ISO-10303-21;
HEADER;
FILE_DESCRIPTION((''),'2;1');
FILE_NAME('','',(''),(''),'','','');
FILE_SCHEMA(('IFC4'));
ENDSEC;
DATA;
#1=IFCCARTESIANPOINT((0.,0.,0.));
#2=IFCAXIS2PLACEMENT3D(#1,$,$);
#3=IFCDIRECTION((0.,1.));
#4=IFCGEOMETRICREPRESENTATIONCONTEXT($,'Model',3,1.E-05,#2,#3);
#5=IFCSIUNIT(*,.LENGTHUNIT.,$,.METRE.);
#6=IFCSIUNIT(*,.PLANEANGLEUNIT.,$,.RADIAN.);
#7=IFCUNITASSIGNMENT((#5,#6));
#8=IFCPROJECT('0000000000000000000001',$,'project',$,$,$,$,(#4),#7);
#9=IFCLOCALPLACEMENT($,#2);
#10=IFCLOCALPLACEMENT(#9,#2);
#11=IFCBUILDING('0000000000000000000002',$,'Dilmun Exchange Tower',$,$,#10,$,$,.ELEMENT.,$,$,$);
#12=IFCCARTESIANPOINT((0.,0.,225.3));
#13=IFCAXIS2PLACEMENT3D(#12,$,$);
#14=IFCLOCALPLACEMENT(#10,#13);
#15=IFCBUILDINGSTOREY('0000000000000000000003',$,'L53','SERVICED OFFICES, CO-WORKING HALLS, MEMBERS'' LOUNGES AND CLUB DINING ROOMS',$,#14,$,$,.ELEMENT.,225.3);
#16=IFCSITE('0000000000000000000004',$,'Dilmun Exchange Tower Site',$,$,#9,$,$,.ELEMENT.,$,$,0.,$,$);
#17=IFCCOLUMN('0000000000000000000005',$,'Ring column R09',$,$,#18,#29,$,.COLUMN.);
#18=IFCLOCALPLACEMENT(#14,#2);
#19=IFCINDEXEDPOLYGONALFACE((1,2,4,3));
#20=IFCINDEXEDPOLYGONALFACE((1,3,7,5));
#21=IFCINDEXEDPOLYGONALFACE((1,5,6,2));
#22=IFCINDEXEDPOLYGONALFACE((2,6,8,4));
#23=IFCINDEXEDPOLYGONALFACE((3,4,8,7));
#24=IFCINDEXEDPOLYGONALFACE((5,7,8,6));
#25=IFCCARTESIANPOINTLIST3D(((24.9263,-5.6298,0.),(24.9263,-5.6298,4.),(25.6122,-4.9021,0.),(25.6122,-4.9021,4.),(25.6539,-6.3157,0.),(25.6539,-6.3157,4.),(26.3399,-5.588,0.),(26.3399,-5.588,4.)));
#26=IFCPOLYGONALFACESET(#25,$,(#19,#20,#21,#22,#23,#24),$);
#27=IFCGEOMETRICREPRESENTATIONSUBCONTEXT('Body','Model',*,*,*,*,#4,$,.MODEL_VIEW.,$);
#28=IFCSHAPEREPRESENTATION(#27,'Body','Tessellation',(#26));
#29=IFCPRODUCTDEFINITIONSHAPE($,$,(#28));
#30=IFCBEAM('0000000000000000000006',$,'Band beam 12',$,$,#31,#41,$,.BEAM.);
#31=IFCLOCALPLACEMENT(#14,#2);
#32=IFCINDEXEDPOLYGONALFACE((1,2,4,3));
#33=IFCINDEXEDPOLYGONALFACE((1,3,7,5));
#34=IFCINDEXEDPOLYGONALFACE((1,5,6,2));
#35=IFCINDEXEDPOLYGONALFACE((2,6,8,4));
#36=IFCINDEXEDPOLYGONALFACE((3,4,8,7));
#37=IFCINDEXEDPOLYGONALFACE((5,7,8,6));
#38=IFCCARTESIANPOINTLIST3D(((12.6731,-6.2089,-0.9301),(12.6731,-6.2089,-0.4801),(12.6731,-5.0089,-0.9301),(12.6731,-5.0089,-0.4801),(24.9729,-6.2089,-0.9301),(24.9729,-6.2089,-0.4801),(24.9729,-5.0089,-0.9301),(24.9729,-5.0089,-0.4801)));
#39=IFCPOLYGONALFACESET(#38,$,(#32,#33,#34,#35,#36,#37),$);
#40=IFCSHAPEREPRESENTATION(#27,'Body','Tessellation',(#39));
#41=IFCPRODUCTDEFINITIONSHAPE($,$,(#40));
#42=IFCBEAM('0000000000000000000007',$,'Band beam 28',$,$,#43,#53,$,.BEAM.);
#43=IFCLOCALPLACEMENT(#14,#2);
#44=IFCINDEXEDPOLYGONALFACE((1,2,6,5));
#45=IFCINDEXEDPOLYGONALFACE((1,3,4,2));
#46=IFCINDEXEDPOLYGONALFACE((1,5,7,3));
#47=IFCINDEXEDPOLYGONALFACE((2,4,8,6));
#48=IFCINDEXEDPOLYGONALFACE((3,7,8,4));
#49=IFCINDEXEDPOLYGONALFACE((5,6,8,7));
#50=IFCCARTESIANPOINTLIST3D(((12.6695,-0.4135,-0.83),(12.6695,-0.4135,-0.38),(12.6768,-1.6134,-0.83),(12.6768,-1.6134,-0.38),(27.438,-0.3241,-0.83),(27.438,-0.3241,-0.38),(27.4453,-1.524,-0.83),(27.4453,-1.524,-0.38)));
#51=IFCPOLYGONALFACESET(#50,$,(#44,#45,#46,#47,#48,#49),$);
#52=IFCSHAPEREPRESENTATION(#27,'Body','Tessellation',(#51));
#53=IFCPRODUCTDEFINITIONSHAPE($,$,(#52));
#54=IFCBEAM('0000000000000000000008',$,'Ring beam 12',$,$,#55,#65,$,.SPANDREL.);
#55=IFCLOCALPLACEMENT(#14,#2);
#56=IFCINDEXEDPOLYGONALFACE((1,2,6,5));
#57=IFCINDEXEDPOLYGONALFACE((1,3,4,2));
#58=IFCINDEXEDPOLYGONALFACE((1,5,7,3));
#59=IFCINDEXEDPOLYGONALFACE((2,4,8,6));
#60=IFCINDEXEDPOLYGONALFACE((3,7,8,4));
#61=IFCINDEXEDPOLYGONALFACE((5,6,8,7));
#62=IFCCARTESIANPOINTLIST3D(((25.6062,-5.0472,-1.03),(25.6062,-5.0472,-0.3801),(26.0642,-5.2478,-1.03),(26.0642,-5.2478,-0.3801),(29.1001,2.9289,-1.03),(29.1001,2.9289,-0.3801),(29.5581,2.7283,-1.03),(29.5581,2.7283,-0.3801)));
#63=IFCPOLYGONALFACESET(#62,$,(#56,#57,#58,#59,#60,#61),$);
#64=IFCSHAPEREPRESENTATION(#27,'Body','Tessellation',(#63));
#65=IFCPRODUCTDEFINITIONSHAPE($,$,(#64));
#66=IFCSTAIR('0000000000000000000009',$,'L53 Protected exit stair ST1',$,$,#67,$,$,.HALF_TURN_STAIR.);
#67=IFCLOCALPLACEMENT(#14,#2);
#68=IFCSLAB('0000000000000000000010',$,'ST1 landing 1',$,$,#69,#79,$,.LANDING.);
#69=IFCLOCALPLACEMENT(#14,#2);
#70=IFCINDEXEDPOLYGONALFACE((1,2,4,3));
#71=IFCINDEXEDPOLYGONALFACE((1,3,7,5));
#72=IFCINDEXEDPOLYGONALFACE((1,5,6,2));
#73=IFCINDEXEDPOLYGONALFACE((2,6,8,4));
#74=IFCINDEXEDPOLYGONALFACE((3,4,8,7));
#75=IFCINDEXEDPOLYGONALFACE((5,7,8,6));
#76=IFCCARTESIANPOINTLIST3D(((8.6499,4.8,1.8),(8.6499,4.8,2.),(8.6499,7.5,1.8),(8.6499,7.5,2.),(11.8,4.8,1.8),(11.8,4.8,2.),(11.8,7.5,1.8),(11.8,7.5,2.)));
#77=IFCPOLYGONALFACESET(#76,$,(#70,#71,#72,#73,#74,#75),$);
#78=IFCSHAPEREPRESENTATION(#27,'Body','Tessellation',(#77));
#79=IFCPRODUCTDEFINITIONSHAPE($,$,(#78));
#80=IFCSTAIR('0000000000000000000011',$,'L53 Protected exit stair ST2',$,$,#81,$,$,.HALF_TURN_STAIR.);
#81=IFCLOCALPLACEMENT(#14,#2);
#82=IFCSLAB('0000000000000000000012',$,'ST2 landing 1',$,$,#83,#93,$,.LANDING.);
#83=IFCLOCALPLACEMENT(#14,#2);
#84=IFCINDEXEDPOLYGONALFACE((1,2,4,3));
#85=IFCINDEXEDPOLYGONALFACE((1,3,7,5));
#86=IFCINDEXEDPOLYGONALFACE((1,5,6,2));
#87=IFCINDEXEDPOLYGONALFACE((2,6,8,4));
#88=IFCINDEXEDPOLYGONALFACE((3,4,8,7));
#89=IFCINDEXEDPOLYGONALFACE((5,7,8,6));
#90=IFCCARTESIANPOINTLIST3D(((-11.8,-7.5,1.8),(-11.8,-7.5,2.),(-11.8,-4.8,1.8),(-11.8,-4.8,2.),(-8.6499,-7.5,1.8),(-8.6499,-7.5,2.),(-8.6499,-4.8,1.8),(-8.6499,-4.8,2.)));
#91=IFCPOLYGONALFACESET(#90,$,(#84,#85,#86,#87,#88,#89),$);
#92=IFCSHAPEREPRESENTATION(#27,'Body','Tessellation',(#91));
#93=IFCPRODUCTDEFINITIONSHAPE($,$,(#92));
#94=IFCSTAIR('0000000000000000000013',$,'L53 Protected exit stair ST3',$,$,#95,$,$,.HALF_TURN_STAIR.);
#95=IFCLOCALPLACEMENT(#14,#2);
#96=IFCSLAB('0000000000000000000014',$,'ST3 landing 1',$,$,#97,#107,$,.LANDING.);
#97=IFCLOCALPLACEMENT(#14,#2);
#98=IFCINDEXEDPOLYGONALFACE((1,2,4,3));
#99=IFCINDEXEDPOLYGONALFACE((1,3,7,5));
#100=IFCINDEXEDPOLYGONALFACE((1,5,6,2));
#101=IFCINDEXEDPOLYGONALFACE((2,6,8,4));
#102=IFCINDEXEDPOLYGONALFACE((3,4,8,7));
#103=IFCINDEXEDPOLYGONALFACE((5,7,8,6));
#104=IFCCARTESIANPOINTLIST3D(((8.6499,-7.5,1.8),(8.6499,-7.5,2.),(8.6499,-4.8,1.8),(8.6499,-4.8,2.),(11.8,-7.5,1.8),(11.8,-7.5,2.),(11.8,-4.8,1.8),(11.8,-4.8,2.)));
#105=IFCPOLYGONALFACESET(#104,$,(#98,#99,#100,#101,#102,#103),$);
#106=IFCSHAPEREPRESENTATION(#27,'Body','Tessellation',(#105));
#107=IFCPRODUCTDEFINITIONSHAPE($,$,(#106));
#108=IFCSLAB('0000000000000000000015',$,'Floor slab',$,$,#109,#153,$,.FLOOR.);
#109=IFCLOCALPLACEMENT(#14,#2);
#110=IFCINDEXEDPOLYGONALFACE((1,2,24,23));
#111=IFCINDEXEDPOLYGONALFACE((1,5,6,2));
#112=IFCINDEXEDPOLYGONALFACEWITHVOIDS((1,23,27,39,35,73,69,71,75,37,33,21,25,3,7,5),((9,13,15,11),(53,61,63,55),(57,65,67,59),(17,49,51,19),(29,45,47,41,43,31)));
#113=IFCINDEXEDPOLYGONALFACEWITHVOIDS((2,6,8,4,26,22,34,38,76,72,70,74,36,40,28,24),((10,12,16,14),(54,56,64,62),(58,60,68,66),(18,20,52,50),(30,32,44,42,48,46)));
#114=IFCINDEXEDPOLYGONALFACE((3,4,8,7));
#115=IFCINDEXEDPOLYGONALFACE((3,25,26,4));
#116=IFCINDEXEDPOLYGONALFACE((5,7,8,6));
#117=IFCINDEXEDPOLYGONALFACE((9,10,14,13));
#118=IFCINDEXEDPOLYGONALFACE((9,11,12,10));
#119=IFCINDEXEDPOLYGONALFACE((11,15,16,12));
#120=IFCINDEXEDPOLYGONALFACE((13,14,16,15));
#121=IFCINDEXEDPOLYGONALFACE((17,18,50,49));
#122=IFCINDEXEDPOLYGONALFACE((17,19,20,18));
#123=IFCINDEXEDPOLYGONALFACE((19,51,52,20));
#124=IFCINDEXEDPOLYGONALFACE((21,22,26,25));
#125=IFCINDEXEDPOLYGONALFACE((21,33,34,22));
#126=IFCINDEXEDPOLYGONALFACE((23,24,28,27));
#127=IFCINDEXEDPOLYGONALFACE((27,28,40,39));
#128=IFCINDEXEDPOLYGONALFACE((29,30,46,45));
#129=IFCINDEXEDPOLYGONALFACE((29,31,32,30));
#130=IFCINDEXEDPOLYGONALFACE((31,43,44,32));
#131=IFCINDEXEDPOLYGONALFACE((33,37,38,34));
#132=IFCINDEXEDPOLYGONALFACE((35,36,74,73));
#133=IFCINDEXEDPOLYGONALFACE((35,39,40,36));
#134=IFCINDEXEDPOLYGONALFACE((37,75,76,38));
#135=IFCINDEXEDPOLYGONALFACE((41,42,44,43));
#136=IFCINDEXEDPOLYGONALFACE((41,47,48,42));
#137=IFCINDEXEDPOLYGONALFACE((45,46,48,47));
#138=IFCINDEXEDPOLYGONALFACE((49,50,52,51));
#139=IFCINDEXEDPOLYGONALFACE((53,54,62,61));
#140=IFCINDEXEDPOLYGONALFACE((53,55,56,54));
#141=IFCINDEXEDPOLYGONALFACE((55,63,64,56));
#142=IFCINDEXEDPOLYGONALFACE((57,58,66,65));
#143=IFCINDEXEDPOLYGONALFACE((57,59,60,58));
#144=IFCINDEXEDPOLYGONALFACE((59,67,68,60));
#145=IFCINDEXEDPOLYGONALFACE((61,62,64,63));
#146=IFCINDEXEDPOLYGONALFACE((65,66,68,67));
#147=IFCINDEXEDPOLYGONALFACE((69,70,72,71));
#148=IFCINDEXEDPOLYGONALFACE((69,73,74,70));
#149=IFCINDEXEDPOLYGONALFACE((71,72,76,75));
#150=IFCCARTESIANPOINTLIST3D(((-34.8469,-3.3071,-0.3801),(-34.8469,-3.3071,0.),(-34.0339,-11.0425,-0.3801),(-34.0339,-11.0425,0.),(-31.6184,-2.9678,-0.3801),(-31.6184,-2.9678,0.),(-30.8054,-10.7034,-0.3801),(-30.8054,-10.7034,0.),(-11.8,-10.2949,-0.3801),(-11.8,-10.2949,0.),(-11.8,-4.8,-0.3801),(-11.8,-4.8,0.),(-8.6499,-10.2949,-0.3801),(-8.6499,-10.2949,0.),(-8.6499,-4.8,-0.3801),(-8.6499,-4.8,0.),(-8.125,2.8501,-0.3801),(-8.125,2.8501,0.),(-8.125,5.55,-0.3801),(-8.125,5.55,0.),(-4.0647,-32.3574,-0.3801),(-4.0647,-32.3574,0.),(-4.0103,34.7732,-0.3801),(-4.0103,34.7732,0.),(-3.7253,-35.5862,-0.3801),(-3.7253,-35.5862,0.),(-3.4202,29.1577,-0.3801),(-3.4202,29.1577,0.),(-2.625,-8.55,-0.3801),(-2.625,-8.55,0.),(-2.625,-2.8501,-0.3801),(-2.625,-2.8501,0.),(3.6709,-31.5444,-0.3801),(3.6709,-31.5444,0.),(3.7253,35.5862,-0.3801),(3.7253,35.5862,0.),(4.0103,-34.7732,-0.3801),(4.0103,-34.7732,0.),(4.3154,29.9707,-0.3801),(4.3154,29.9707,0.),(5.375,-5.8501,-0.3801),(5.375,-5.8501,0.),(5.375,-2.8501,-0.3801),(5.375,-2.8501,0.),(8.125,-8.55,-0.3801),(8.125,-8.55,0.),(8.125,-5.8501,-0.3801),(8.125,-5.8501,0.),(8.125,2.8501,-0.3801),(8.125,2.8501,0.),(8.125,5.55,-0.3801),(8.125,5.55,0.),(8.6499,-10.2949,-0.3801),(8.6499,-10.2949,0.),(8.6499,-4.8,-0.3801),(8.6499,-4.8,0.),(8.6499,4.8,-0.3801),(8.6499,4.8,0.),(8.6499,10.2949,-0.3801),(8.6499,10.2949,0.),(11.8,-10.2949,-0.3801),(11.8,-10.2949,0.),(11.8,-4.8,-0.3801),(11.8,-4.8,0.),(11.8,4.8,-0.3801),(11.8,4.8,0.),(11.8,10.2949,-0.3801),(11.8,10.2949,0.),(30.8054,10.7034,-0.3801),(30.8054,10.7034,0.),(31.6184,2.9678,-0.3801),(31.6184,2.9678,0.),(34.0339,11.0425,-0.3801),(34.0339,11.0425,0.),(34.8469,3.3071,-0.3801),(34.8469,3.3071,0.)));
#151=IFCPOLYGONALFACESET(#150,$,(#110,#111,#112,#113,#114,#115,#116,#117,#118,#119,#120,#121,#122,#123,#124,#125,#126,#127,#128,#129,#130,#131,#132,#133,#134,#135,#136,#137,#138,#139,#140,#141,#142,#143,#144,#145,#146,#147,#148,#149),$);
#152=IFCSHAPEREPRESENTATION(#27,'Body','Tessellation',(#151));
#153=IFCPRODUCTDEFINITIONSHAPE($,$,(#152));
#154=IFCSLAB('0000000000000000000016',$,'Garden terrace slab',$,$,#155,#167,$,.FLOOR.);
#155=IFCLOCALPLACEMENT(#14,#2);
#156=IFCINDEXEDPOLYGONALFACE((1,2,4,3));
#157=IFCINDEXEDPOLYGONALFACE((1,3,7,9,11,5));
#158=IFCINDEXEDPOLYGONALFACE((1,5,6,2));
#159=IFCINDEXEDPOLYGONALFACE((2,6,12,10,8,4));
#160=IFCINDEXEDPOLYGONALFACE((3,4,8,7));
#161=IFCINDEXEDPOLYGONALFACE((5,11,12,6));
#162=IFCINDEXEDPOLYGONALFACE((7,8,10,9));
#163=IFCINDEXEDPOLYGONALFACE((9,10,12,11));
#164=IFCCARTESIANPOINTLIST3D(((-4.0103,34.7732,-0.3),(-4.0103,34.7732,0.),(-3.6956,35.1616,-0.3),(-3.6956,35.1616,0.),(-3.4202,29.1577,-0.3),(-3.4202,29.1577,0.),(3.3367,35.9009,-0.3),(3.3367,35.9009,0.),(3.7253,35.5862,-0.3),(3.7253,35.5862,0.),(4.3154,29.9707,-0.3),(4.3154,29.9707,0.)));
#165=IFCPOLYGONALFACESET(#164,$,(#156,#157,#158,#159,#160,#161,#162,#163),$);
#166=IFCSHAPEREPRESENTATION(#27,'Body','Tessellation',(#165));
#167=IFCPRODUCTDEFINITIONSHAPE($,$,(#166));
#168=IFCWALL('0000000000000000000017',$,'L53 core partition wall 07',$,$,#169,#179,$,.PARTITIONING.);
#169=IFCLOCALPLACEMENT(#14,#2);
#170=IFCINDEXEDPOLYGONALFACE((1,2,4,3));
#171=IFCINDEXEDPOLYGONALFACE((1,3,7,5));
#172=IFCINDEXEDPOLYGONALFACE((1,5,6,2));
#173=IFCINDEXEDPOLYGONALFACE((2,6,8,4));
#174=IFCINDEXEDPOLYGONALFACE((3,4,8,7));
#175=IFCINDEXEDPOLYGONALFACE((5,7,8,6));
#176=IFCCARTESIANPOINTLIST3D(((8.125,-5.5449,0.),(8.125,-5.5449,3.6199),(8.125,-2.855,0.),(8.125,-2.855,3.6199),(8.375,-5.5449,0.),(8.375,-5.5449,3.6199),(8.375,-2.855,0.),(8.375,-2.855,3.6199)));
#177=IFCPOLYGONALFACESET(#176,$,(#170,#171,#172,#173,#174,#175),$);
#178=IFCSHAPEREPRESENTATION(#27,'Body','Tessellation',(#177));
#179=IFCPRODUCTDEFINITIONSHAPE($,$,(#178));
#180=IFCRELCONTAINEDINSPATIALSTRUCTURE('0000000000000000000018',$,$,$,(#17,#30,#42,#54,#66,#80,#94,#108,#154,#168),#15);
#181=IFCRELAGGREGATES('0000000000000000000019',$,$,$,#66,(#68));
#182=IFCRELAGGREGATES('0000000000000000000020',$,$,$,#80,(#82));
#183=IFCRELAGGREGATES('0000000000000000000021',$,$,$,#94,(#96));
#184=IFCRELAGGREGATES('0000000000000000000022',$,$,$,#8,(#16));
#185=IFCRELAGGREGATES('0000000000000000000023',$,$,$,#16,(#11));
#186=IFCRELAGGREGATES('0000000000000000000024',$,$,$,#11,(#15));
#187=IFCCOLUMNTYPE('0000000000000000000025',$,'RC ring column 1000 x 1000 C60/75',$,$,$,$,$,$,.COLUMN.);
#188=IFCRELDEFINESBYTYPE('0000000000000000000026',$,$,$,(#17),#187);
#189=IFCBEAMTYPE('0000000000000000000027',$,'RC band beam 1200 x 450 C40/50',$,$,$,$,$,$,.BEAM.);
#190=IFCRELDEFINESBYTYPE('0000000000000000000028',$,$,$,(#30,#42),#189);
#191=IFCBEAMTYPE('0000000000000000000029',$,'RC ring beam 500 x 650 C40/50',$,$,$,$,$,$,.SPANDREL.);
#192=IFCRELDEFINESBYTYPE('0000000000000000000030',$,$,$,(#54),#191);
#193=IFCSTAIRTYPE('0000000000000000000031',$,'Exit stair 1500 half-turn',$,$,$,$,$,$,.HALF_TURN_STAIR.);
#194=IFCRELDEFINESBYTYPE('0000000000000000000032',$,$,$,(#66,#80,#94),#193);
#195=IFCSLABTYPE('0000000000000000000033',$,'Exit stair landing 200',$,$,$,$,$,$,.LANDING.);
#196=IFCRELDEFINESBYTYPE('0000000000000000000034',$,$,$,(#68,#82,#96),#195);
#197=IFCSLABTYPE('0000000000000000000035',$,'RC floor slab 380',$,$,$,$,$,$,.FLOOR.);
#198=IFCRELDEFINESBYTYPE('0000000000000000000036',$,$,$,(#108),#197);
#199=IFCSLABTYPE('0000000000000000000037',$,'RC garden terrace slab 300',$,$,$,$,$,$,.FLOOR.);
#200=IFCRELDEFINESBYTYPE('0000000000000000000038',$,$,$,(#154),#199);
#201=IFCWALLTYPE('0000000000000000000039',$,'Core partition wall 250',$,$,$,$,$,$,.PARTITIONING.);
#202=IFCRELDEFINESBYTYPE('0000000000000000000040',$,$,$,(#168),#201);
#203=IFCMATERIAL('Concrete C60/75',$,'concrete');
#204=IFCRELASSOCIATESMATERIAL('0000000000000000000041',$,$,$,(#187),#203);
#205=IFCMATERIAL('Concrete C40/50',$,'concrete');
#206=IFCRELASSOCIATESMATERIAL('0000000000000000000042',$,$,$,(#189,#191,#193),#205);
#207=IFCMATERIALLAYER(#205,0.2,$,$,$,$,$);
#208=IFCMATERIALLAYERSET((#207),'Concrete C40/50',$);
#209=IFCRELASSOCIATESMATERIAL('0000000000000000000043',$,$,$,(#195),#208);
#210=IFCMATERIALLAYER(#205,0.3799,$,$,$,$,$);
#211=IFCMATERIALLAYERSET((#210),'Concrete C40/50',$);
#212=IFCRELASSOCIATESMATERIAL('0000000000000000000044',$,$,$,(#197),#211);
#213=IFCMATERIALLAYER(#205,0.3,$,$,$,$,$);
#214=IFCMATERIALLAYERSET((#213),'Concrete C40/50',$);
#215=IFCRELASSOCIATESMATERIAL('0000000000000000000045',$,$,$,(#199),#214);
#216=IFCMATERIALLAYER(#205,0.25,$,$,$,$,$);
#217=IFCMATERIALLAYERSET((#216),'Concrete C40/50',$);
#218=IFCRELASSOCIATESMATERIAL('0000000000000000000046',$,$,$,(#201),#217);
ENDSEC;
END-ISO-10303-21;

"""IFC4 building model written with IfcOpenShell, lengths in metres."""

from ifc_helpers import new_model, si_unit, direction, frame, frame_2d, origin, origin_2d, place, context, subcontext, project, spatial, polyline, rectangle, outline, extrude, material, layer, layer_set, material_profile, profile_set, type_object, element, aggregate, save


model = new_model("IFC4")

# Units and contexts
model_context = context("Model", 3, precision=1e-05, world=origin(), true_north=direction((0.0, 1.0)))
body_context = subcontext(model_context, "Body", "Model", "MODEL_VIEW")
ifc_project = project(units=[si_unit("LENGTHUNIT", "METRE"), si_unit("PLANEANGLEUNIT", "RADIAN")], contexts=[model_context])

# Site, building, storey
site_placement = place(None, origin())
site = spatial("IfcSite", under=ifc_project, at=site_placement, Name="Dilmun Exchange Tower Site", CompositionType="ELEMENT", RefElevation=0.0)
building_placement = place(site_placement, origin())
building = spatial("IfcBuilding", under=site, at=building_placement, Name="Dilmun Exchange Tower", CompositionType="ELEMENT")
storey_placement = place(building_placement, frame((0.0, 0.0, 225.3)))
storey = spatial("IfcBuildingStorey", under=building, at=storey_placement, Name="L53", Description="SERVICED OFFICES, CO-WORKING HALLS, MEMBERS' LOUNGES AND CLUB DINING ROOMS", CompositionType="ELEMENT", Elevation=225.3)

# Column
ifc_material_1 = material(Name="Concrete C60/75", Category="concrete")
ifc_material_profile_1 = material_profile(ifc_material_1, rectangle(XDim=1.0, YDim=1.0, at=origin_2d()), Name="1000 x 1000")
ifc_profile_set_1 = profile_set([ifc_material_profile_1], Name="Concrete C60/75")
column_type = type_object("IfcColumnType", Name="RC ring column 1000 x 1000 C60/75", PredefinedType="COLUMN", material=ifc_profile_set_1)
column_placement = place(storey_placement, frame((25.6331, -5.6089, 0.0), z_axis=(0.0, 0.0, 1.0), x_axis=(0.685916, 0.727681, 0.0)))
element("IfcColumn", 1, at=column_placement, inside=storey, type_object=column_type, Name="Ring column R09", PredefinedType="COLUMN", context=body_context, shape_type="SweptSolid", body=[
    extrude(rectangle(XDim=1.0, YDim=1.0, at=origin_2d()), origin(), (0.0, 0.0, 1.0), 4.0),
])

# Beams
ifc_material_2 = material(Name="Concrete C40/50", Category="concrete")
ifc_material_profile_2 = material_profile(ifc_material_2, rectangle(XDim=1.2, YDim=0.45, at=origin_2d()), Name="1200 x 450")
ifc_profile_set_2 = profile_set([ifc_material_profile_2], Name="Concrete C40/50")
beam_type_1 = type_object("IfcBeamType", Name="RC band beam 1200 x 450 C40/50", PredefinedType="BEAM", material=ifc_profile_set_2)
beam_1_placement = place(storey_placement, frame((24.9729, -5.6089, -0.7051), z_axis=(-1.0, 0.0, 0.0), x_axis=(0.0, -1.0, 0.0)))
element("IfcBeam", 2, at=beam_1_placement, inside=storey, type_object=beam_type_1, Name="Band beam 12", PredefinedType="BEAM", context=body_context, shape_type="SweptSolid", body=[
    extrude(rectangle(XDim=1.2, YDim=0.45, at=origin_2d()), origin(), (0.0, 0.0, 1.0), 12.2998),
])
beam_2_placement = place(storey_placement, frame((27.4417, -0.9241, -0.605), z_axis=(-0.999982, -0.00605, 0.0), x_axis=(0.00605, -0.999982, 0.0)))
element("IfcBeam", 3, at=beam_2_placement, inside=storey, type_object=beam_type_1, Name="Band beam 28", PredefinedType="BEAM", context=body_context, shape_type="SweptSolid", body=[
    extrude(rectangle(XDim=1.2, YDim=0.45, at=origin_2d()), origin(), (0.0, 0.0, 1.0), 14.7688),
])
ifc_material_profile_3 = material_profile(ifc_material_2, rectangle(XDim=0.5, YDim=0.6499, at=origin_2d()), Name="500 x 650")
ifc_profile_set_3 = profile_set([ifc_material_profile_3], Name="Concrete C40/50")
beam_type_2 = type_object("IfcBeamType", Name="RC ring beam 500 x 650 C40/50", PredefinedType="SPANDREL", material=ifc_profile_set_3)
beam_3_placement = place(storey_placement, frame((25.8352, -5.1475, -0.7051), z_axis=(0.401239, 0.915973, 0.0), x_axis=(-0.915973, 0.401239, 0.0)))
element("IfcBeam", 4, at=beam_3_placement, inside=storey, type_object=beam_type_2, Name="Ring beam 12", PredefinedType="SPANDREL", context=body_context, shape_type="SweptSolid", body=[
    extrude(rectangle(XDim=0.5, YDim=0.6499, at=origin_2d()), origin(), (0.0, 0.0, 1.0), 8.7078),
])

# Stairs, slabs
stair_type = type_object("IfcStairType", Name="Exit stair 1500 half-turn", PredefinedType="HALF_TURN_STAIR", material=ifc_material_2)
stair_1_placement = place(storey_placement, origin())
stair_1 = element("IfcStair", 5, at=stair_1_placement, inside=storey, type_object=stair_type, Name="L53 Protected exit stair ST1", PredefinedType="HALF_TURN_STAIR")
ifc_layer_1 = layer(ifc_material_2, 0.2)
ifc_layer_set_1 = layer_set([ifc_layer_1], Name="Concrete C40/50")
slab_type_1 = type_object("IfcSlabType", Name="Exit stair landing 200", PredefinedType="LANDING", material=ifc_layer_set_1)
slab_1_placement = place(storey_placement, frame((0.0, 0.0, 1.8)))
slab_1 = element("IfcSlab", 6, at=slab_1_placement, type_object=slab_type_1, Name="ST1 landing 1", PredefinedType="LANDING", context=body_context, shape_type="SweptSolid", body=[
    extrude(outline(polyline([(8.6499, 7.5), (8.6499, 4.8), (11.8, 4.8), (11.8, 7.5), (8.6499, 7.5)])), origin(), (0.0, 0.0, 1.0), 0.2),
])
aggregate(stair_1, [slab_1])
stair_2_placement = place(storey_placement, origin())
stair_2 = element("IfcStair", 7, at=stair_2_placement, inside=storey, type_object=stair_type, Name="L53 Protected exit stair ST2", PredefinedType="HALF_TURN_STAIR")
slab_2_placement = place(storey_placement, frame((0.0, 0.0, 1.8)))
slab_2 = element("IfcSlab", 8, at=slab_2_placement, type_object=slab_type_1, Name="ST2 landing 1", PredefinedType="LANDING", context=body_context, shape_type="SweptSolid", body=[
    extrude(outline(polyline([(-8.6499, -7.5), (-8.6499, -4.8), (-11.8, -4.8), (-11.8, -7.5), (-8.6499, -7.5)])), origin(), (0.0, 0.0, 1.0), 0.2),
])
aggregate(stair_2, [slab_2])
stair_3_placement = place(storey_placement, origin())
stair_3 = element("IfcStair", 9, at=stair_3_placement, inside=storey, type_object=stair_type, Name="L53 Protected exit stair ST3", PredefinedType="HALF_TURN_STAIR")
slab_3_placement = place(storey_placement, frame((0.0, 0.0, 1.8)))
slab_3 = element("IfcSlab", 10, at=slab_3_placement, type_object=slab_type_1, Name="ST3 landing 1", PredefinedType="LANDING", context=body_context, shape_type="SweptSolid", body=[
    extrude(outline(polyline([(11.8, -7.5), (11.8, -4.8), (8.6499, -4.8), (8.6499, -7.5), (11.8, -7.5)])), origin(), (0.0, 0.0, 1.0), 0.2),
])
aggregate(stair_3, [slab_3])

# Slabs
ifc_layer_2 = layer(ifc_material_2, 0.3799)
ifc_layer_set_2 = layer_set([ifc_layer_2], Name="Concrete C40/50")
slab_type_2 = type_object("IfcSlabType", Name="RC floor slab 380", PredefinedType="FLOOR", material=ifc_layer_set_2)
slab_4_placement = place(storey_placement, frame((0.0, 0.0, -0.3801)))
element("IfcSlab", 11, at=slab_4_placement, inside=storey, type_object=slab_type_2, Name="Floor slab", PredefinedType="FLOOR", context=body_context, shape_type="SweptSolid", body=[
    extrude(outline(polyline([(30.8054, 10.7034), (31.6184, 2.9678), (34.8469, 3.3071), (4.0103, -34.7732), (3.6709, -31.5444), (-4.0647, -32.3574), (-3.7253, -35.5862), (-34.0339, -11.0425), (-30.8054, -10.7034), (-31.6184, -2.9678), (-34.8469, -3.3071), (-4.0103, 34.7732), (-3.4202, 29.1577), (4.3154, 29.9707), (3.7253, 35.5862), (34.0339, 11.0425), (30.8054, 10.7034)]), holes=[polyline([(-8.6499, -4.8), (-11.8, -4.8), (-11.8, -10.2949), (-8.6499, -10.2949), (-8.6499, -4.8)]), polyline([(11.8, -4.8), (8.6499, -4.8), (8.6499, -10.2949), (11.8, -10.2949), (11.8, -4.8)]), polyline([(5.375, -2.8501), (-2.625, -2.8501), (-2.625, -8.55), (8.125, -8.55), (8.125, -5.8501), (5.375, -5.8501), (5.375, -2.8501)]), polyline([(8.125, 2.8501), (8.125, 5.55), (-8.125, 5.55), (-8.125, 2.8501), (8.125, 2.8501)]), polyline([(8.6499, 10.2949), (8.6499, 4.8), (11.8, 4.8), (11.8, 10.2949), (8.6499, 10.2949)])]), origin(), (0.0, 0.0, 1.0), 0.3801),
])
ifc_layer_3 = layer(ifc_material_2, 0.3)
ifc_layer_set_3 = layer_set([ifc_layer_3], Name="Concrete C40/50")
slab_type_3 = type_object("IfcSlabType", Name="RC garden terrace slab 300", PredefinedType="FLOOR", material=ifc_layer_set_3)
slab_5_placement = place(storey_placement, frame((0.0, 0.0, -0.3)))
element("IfcSlab", 12, at=slab_5_placement, inside=storey, type_object=slab_type_3, Name="Garden terrace slab", PredefinedType="FLOOR", context=body_context, shape_type="SweptSolid", body=[
    extrude(outline(polyline([(-3.4202, 29.1577), (-4.0103, 34.7732), (-3.6956, 35.1616), (3.3367, 35.9009), (3.7253, 35.5862), (4.3154, 29.9707), (-3.4202, 29.1577)])), origin(), (0.0, 0.0, 1.0), 0.3),
])

# Wall
ifc_layer_4 = layer(ifc_material_2, 0.25)
ifc_layer_set_4 = layer_set([ifc_layer_4], Name="Concrete C40/50")
wall_type_1 = type_object("IfcWallType", Name="Core partition wall 250", PredefinedType="PARTITIONING", material=ifc_layer_set_4)
wall_1_placement = place(storey_placement, frame((8.25, -5.5449, 0.0), z_axis=(0.0, 0.0, 1.0), x_axis=(0.0, 1.0, 0.0)))
element("IfcWall", 13, at=wall_1_placement, inside=storey, type_object=wall_type_1, Name="L53 core partition wall 07", PredefinedType="PARTITIONING", context=body_context, shape_type="SweptSolid", body=[
    extrude(rectangle(XDim=2.6899, YDim=0.25, at=frame_2d((1.345, 0.0))), origin(), (0.0, 0.0, 1.0), 3.6199),
])

save(model, "model.ifc")
